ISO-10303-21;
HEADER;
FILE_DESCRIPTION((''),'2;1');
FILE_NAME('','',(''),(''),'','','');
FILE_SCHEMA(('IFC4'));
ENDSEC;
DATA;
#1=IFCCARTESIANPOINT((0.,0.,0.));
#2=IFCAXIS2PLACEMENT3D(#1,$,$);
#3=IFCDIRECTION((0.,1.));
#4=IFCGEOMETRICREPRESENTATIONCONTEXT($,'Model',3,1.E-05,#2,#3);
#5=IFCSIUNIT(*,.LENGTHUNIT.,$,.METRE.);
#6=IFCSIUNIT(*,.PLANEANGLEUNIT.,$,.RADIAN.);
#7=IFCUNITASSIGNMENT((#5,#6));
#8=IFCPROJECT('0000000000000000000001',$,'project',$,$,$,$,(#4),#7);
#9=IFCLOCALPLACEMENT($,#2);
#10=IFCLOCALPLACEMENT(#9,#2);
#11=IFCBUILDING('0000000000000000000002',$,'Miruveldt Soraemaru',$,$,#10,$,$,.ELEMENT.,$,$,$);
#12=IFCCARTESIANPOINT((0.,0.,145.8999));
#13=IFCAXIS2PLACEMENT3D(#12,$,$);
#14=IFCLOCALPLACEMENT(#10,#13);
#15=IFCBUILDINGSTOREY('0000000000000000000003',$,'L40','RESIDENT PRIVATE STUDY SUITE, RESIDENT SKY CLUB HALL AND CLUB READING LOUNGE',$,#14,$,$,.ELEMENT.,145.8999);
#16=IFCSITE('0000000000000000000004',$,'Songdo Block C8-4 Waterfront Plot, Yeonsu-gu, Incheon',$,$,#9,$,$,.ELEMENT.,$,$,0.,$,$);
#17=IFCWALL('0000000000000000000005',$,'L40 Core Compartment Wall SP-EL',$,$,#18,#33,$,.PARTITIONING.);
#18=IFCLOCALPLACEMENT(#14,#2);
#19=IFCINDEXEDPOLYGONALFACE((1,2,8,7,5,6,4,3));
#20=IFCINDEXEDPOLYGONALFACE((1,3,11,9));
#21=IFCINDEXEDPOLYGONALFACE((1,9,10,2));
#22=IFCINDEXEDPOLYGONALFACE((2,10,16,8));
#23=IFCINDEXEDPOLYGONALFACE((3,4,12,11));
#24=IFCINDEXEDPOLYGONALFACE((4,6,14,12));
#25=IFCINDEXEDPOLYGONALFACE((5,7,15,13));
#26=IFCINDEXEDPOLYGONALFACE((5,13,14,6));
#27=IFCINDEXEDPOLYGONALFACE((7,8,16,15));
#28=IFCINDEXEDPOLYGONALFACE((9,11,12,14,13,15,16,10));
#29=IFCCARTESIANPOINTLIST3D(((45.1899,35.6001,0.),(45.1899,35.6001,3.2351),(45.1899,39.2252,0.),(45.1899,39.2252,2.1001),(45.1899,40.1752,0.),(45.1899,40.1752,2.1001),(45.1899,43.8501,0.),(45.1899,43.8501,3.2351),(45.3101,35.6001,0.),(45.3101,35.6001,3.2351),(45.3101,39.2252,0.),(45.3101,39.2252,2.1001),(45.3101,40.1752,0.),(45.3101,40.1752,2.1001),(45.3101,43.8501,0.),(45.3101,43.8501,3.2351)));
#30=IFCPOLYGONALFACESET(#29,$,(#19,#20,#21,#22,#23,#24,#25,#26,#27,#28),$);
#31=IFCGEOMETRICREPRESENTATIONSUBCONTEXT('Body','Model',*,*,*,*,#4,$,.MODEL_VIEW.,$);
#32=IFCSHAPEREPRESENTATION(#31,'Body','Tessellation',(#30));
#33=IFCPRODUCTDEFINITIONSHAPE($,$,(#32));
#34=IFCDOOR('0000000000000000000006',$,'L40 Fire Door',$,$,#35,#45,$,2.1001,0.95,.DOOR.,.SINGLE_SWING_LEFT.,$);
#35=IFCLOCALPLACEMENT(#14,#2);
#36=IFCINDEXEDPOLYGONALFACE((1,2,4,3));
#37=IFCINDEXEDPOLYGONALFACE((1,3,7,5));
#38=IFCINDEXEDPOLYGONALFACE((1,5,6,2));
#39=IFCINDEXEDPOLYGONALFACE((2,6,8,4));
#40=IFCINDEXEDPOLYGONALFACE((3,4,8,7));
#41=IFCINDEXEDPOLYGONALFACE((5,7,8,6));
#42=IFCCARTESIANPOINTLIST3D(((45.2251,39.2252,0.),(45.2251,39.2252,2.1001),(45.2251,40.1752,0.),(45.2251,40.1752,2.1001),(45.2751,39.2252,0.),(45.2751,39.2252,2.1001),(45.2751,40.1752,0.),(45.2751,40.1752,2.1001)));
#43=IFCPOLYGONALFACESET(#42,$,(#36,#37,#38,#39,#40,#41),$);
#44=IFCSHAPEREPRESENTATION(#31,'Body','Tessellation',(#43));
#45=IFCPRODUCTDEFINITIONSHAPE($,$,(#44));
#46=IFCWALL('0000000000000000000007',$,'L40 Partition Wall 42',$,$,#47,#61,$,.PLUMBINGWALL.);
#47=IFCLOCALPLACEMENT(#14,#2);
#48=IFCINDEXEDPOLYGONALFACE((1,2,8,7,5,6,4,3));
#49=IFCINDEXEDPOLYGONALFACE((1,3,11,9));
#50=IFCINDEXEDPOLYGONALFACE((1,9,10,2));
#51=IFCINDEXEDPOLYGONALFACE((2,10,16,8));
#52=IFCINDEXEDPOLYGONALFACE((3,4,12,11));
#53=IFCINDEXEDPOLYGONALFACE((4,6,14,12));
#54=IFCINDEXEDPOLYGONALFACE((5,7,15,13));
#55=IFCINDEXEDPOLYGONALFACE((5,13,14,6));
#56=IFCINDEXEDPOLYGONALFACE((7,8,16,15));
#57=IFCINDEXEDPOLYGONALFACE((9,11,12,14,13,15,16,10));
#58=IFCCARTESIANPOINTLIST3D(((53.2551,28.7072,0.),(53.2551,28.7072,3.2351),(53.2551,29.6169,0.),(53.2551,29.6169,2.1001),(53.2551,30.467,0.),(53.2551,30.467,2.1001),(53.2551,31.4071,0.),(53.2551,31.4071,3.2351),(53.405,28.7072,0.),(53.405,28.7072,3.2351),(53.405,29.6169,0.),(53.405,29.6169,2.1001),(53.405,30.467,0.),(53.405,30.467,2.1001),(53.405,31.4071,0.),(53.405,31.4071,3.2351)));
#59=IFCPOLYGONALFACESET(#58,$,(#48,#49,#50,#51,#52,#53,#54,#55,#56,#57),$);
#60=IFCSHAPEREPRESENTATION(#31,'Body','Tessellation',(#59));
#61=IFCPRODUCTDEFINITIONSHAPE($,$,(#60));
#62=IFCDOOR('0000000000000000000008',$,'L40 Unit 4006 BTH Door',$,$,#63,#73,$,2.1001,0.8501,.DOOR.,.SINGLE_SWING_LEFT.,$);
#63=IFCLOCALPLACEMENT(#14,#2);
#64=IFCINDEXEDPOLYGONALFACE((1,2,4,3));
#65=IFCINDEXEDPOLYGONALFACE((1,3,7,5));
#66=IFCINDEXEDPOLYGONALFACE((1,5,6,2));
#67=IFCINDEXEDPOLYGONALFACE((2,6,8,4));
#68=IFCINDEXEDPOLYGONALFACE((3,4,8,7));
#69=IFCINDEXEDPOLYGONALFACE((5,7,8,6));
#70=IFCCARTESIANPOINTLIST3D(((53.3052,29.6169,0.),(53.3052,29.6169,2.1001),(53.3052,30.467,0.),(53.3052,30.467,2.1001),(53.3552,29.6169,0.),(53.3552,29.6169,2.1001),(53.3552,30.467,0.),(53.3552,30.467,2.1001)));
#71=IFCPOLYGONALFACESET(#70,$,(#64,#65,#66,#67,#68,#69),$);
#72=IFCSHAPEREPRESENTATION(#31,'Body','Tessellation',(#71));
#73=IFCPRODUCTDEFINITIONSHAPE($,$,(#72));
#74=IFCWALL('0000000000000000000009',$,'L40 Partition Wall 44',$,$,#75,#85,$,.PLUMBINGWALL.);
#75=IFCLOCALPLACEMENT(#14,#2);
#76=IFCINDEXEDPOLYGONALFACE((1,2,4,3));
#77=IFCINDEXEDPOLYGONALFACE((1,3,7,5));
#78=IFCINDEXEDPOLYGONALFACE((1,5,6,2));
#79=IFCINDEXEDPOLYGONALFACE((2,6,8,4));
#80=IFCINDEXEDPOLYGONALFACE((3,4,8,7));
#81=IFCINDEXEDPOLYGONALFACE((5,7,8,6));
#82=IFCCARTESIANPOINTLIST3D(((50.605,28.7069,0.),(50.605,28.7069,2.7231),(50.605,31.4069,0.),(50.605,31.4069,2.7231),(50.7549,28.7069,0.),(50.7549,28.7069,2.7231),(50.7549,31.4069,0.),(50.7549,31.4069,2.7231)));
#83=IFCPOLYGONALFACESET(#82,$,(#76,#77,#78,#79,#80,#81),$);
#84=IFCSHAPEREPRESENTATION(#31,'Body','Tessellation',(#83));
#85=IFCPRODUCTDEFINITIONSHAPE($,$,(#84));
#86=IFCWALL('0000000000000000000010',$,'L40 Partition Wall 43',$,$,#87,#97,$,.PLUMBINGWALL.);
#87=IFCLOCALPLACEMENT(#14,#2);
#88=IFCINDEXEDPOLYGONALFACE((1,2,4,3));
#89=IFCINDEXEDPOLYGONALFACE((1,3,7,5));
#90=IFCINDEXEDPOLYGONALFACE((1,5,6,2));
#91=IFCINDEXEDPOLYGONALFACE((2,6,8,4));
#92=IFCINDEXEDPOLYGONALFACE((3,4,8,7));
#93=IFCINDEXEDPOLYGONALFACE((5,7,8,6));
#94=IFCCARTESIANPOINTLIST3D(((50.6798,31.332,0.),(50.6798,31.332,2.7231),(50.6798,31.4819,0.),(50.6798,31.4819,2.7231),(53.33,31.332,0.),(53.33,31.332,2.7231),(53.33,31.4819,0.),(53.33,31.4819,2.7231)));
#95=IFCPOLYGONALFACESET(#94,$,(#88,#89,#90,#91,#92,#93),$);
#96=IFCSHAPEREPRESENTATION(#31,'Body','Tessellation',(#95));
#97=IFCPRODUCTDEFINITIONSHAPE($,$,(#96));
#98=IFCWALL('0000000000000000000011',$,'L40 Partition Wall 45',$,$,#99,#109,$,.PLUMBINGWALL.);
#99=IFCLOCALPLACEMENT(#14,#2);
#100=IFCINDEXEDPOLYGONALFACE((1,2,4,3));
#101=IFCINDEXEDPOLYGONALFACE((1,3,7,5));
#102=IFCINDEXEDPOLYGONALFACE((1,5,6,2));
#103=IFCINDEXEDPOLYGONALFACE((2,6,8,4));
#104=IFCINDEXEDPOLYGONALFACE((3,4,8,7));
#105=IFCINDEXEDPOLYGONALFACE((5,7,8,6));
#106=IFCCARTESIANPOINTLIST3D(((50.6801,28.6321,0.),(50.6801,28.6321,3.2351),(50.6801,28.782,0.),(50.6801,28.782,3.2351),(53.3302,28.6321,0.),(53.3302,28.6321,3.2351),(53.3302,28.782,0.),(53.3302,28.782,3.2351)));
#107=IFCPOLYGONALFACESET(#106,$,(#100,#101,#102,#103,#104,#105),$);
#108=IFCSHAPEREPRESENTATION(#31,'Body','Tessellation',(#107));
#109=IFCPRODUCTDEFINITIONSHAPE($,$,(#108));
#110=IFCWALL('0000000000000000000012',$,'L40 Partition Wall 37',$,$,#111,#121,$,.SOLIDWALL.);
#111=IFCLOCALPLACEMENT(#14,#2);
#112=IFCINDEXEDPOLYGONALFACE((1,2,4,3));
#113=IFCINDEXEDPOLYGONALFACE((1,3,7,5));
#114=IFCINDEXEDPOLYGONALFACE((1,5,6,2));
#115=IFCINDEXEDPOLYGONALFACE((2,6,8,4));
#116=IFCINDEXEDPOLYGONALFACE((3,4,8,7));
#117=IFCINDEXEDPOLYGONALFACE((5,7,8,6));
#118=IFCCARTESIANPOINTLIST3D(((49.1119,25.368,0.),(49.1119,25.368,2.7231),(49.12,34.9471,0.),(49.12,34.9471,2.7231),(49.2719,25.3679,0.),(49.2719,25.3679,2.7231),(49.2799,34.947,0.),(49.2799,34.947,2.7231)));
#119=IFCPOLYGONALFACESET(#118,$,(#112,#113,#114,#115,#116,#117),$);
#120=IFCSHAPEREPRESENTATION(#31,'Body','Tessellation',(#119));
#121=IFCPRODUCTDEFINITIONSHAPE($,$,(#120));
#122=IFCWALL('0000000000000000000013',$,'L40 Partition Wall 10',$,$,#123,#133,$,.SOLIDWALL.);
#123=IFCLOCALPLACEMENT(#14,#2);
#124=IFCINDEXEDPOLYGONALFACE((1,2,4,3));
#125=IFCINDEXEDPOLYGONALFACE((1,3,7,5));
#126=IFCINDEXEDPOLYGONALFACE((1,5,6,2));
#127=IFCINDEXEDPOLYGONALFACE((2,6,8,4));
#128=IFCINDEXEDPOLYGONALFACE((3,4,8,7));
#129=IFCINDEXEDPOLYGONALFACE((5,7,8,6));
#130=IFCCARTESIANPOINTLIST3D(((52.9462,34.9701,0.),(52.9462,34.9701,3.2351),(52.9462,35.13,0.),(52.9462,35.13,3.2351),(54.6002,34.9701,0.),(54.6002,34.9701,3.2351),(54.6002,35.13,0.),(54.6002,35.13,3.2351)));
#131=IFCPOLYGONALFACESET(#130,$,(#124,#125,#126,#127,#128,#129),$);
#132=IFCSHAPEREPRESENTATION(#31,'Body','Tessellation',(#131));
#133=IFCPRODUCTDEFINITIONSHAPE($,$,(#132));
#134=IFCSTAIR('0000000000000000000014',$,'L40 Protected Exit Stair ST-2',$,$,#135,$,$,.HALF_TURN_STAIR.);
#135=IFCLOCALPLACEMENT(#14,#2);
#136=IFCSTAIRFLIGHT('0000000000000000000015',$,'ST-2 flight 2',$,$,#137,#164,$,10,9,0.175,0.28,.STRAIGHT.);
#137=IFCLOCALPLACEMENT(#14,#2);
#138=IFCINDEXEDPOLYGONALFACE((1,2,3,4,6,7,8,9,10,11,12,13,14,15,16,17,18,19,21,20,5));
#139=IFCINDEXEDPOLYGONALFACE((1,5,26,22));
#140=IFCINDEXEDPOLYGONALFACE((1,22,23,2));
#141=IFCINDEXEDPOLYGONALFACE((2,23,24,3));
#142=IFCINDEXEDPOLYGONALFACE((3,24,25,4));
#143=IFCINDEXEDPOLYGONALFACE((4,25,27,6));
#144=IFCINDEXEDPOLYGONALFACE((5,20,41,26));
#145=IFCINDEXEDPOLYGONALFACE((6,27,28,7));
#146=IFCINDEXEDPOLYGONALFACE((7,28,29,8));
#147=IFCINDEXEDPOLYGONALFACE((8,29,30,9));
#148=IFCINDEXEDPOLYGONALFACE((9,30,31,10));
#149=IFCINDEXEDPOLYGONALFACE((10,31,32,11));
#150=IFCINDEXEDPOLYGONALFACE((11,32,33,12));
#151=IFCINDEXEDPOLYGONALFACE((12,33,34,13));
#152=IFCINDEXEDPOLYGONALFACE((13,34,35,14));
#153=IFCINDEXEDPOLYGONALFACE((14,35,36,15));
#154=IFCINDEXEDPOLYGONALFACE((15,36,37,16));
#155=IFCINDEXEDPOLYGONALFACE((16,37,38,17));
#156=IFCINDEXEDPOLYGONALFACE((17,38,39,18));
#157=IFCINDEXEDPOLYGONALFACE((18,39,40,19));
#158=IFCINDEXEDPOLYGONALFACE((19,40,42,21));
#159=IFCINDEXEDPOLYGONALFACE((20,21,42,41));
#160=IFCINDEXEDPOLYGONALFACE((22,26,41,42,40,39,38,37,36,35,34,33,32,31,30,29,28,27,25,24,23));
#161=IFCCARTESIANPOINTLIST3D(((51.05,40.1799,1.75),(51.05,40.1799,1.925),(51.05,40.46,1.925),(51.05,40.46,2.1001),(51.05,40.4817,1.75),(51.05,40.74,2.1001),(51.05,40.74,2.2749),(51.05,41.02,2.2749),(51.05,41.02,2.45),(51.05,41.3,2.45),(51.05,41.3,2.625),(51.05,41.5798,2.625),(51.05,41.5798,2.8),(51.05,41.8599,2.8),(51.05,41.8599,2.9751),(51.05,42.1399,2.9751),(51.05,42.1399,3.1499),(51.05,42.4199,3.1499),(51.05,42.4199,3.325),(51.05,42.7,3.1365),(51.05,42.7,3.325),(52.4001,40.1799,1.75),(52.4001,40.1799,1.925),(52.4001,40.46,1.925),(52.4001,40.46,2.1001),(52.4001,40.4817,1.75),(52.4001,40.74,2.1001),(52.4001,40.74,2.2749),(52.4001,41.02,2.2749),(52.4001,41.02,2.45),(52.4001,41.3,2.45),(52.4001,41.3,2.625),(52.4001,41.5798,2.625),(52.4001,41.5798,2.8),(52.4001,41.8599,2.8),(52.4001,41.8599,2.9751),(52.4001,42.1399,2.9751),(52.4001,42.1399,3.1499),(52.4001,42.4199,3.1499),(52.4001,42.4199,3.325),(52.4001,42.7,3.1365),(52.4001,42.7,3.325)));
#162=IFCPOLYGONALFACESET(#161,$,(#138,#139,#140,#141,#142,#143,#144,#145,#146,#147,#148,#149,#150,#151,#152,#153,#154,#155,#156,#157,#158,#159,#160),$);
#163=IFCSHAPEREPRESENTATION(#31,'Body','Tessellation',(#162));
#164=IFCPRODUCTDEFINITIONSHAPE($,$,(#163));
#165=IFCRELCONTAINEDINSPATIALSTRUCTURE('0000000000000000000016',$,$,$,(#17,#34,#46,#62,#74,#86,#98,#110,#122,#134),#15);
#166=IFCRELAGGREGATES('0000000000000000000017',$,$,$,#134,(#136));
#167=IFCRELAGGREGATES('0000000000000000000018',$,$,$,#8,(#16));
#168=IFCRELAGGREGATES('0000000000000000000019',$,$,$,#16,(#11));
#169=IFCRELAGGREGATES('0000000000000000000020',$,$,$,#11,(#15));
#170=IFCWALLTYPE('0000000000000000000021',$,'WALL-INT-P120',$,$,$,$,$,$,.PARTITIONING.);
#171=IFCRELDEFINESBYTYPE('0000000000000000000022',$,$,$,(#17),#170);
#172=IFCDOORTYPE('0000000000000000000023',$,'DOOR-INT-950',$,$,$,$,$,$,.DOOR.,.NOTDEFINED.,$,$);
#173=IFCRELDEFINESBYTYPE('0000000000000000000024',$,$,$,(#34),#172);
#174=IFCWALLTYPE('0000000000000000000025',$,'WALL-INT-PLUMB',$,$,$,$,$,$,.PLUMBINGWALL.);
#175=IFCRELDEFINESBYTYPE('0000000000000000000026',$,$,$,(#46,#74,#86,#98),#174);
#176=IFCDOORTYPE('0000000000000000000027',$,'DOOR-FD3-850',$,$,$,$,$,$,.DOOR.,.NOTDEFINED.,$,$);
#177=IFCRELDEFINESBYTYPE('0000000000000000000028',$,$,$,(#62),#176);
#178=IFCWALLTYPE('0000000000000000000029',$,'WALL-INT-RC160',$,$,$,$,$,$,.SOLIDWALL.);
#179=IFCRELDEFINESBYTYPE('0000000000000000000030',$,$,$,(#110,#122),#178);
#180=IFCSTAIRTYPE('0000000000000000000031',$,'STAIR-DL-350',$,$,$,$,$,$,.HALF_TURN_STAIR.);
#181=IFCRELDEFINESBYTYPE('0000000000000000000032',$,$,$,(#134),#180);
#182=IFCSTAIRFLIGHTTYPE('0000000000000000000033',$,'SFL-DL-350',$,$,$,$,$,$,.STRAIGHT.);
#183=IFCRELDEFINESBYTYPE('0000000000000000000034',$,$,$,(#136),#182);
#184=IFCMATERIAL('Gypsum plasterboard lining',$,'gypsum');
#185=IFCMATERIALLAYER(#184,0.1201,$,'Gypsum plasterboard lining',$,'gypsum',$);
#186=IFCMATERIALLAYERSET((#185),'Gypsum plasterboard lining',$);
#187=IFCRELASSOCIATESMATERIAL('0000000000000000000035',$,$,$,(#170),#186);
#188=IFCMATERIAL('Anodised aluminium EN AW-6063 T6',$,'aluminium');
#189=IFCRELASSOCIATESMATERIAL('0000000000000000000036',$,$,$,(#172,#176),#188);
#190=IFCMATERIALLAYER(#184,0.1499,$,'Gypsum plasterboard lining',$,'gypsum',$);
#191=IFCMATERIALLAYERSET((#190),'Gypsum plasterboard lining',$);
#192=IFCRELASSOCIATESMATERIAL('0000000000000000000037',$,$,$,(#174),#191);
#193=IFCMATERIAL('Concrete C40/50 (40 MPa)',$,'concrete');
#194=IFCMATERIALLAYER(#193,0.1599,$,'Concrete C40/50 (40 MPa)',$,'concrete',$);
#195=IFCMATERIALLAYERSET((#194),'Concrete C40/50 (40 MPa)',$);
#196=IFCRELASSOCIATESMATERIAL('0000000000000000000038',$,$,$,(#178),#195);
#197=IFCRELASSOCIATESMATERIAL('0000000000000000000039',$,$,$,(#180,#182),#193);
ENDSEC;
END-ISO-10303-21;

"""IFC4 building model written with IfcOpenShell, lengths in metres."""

from ifc_helpers import new_model, si_unit, direction, frame, frame_2d, origin, place, context, subcontext, project, spatial, polyline, rectangle, outline, extrude, material, layer, layer_set, type_object, element, fill, aggregate, save


model = new_model("IFC4")

# Units and contexts
model_context = context("Model", 3, precision=1e-05, world=origin(), true_north=direction((0.0, 1.0)))
body_context = subcontext(model_context, "Body", "Model", "MODEL_VIEW")
ifc_project = project(units=[si_unit("LENGTHUNIT", "METRE"), si_unit("PLANEANGLEUNIT", "RADIAN")], contexts=[model_context])

# Site, building, storey
site_placement = place(None, origin())
site = spatial("IfcSite", under=ifc_project, at=site_placement, Name="Songdo Block C8-4 Waterfront Plot, Yeonsu-gu, Incheon", CompositionType="ELEMENT", RefElevation=0.0)
building_placement = place(site_placement, origin())
building = spatial("IfcBuilding", under=site, at=building_placement, Name="Miruveldt Soraemaru", CompositionType="ELEMENT")
storey_placement = place(building_placement, frame((0.0, 0.0, 145.8999)))
storey = spatial("IfcBuildingStorey", under=building, at=storey_placement, Name="L40", Description="RESIDENT PRIVATE STUDY SUITE, RESIDENT SKY CLUB HALL AND CLUB READING LOUNGE", CompositionType="ELEMENT", Elevation=145.8999)

# Walls, openings, doors
ifc_material_1 = material(Name="Gypsum plasterboard lining", Category="gypsum")
ifc_layer_1 = layer(ifc_material_1, 0.1201, Name="Gypsum plasterboard lining", Category="gypsum")
ifc_layer_set_1 = layer_set([ifc_layer_1], Name="Gypsum plasterboard lining")
wall_type_1 = type_object("IfcWallType", Name="WALL-INT-P120", PredefinedType="PARTITIONING", material=ifc_layer_set_1)
wall_1_placement = place(storey_placement, frame((45.25, 35.6001, 0.0), z_axis=(0.0, 0.0, 1.0), x_axis=(0.0, 1.0, 0.0)))
wall_1 = element("IfcWall", 1, at=wall_1_placement, inside=storey, type_object=wall_type_1, Name="L40 Core Compartment Wall SP-EL", PredefinedType="PARTITIONING", context=body_context, shape_type="SweptSolid", body=[
    extrude(rectangle(XDim=8.25, YDim=0.1201, at=frame_2d((4.125, 0.0))), origin(), (0.0, 0.0, 1.0), 3.2351),
])
opening_1_placement = place(wall_1_placement, frame((3.625, 0.0, 0.0)))
opening_1 = element("IfcOpeningElement", 2, at=opening_1_placement, cuts=wall_1, PredefinedType="OPENING", context=body_context, shape_type="SweptSolid", body=[
    extrude(rectangle(XDim=0.95, YDim=2.1001, at=frame_2d((0.4751, 1.05))), frame((0.0, 0.0701, 0.0), z_axis=(0.0, -1.0, 0.0), x_axis=(1.0, 0.0, 0.0)), (0.0, 0.0, 1.0), 0.1401),
])
ifc_material_2 = material(Name="Anodised aluminium EN AW-6063 T6", Category="aluminium")
door_type_1 = type_object("IfcDoorType", Name="DOOR-INT-950", OperationType="NOTDEFINED", PredefinedType="DOOR", material=ifc_material_2)
door_1_placement = place(opening_1_placement, origin())
door_1 = element("IfcDoor", 3, at=door_1_placement, inside=storey, type_object=door_type_1, Name="L40 Fire Door", OperationType="SINGLE_SWING_LEFT", OverallHeight=2.1001, OverallWidth=0.95, PredefinedType="DOOR", context=body_context, shape_type="SweptSolid", body=[
    extrude(rectangle(XDim=0.95, YDim=2.1001, at=frame_2d((0.4751, 1.05))), frame((0.0, 0.0249, 0.0), z_axis=(0.0, -1.0, 0.0), x_axis=(1.0, 0.0, 0.0)), (0.0, 0.0, 1.0), 0.05),
])
fill(opening_1, door_1)
ifc_layer_2 = layer(ifc_material_1, 0.1499, Name="Gypsum plasterboard lining", Category="gypsum")
ifc_layer_set_2 = layer_set([ifc_layer_2], Name="Gypsum plasterboard lining")
wall_type_2 = type_object("IfcWallType", Name="WALL-INT-PLUMB", PredefinedType="PLUMBINGWALL", material=ifc_layer_set_2)
wall_2_placement = place(storey_placement, frame((53.3301, 28.707, 0.0), z_axis=(0.0, 0.0, 1.0), x_axis=(0.0, 1.0, 0.0)))
wall_2 = element("IfcWall", 4, at=wall_2_placement, inside=storey, type_object=wall_type_2, Name="L40 Partition Wall 42", PredefinedType="PLUMBINGWALL", context=body_context, shape_type="SweptSolid", body=[
    extrude(rectangle(XDim=2.7, YDim=0.1499, at=frame_2d((1.3501, 0.0))), origin(), (0.0, 0.0, 1.0), 3.2351),
])
opening_2_placement = place(wall_2_placement, frame((0.9099, 0.0, 0.0)))
opening_2 = element("IfcOpeningElement", 5, at=opening_2_placement, cuts=wall_2, PredefinedType="OPENING", context=body_context, shape_type="SweptSolid", body=[
    extrude(rectangle(XDim=0.8501, YDim=2.1001, at=frame_2d((0.425, 1.05))), frame((0.0, 0.085, 0.0), z_axis=(0.0, -1.0, 0.0), x_axis=(1.0, 0.0, 0.0)), (0.0, 0.0, 1.0), 0.1699),
])
door_type_2 = type_object("IfcDoorType", Name="DOOR-FD3-850", OperationType="NOTDEFINED", PredefinedType="DOOR", material=ifc_material_2)
door_2_placement = place(opening_2_placement, origin())
door_2 = element("IfcDoor", 6, at=door_2_placement, inside=storey, type_object=door_type_2, Name="L40 Unit 4006 BTH Door", OperationType="SINGLE_SWING_LEFT", OverallHeight=2.1001, OverallWidth=0.8501, PredefinedType="DOOR", context=body_context, shape_type="SweptSolid", body=[
    extrude(rectangle(XDim=0.8501, YDim=2.1001, at=frame_2d((0.425, 1.05))), frame((0.0, 0.0249, 0.0), z_axis=(0.0, -1.0, 0.0), x_axis=(1.0, 0.0, 0.0)), (0.0, 0.0, 1.0), 0.05),
])
fill(opening_2, door_2)

# Walls
wall_3_placement = place(storey_placement, frame((50.6799, 31.407, 0.0), z_axis=(0.0, 0.0, 1.0), x_axis=(0.0, -1.0, 0.0)))
element("IfcWall", 7, at=wall_3_placement, inside=storey, type_object=wall_type_2, Name="L40 Partition Wall 44", PredefinedType="PLUMBINGWALL", context=body_context, shape_type="SweptSolid", body=[
    extrude(rectangle(XDim=2.7, YDim=0.1499, at=frame_2d((1.3501, 0.0))), origin(), (0.0, 0.0, 1.0), 2.7231),
])
wall_4_placement = place(storey_placement, frame((53.3301, 31.407, 0.0), z_axis=(0.0, 0.0, 1.0), x_axis=(-1.0, 0.0, 0.0)))
element("IfcWall", 8, at=wall_4_placement, inside=storey, type_object=wall_type_2, Name="L40 Partition Wall 43", PredefinedType="PLUMBINGWALL", context=body_context, shape_type="SweptSolid", body=[
    extrude(rectangle(XDim=2.6501, YDim=0.1499, at=frame_2d((1.3252, 0.0))), origin(), (0.0, 0.0, 1.0), 2.7231),
])
wall_5_placement = place(storey_placement, frame((50.6799, 28.707, 0.0), z_axis=(0.0, 0.0, 1.0), x_axis=(1.0, 0.0, 0.0)))
element("IfcWall", 9, at=wall_5_placement, inside=storey, type_object=wall_type_2, Name="L40 Partition Wall 45", PredefinedType="PLUMBINGWALL", context=body_context, shape_type="SweptSolid", body=[
    extrude(rectangle(XDim=2.6501, YDim=0.1499, at=frame_2d((1.3252, 0.0))), origin(), (0.0, 0.0, 1.0), 3.2351),
])
ifc_material_3 = material(Name="Concrete C40/50 (40 MPa)", Category="concrete")
ifc_layer_3 = layer(ifc_material_3, 0.1599, Name="Concrete C40/50 (40 MPa)", Category="concrete")
ifc_layer_set_3 = layer_set([ifc_layer_3], Name="Concrete C40/50 (40 MPa)")
wall_type_3 = type_object("IfcWallType", Name="WALL-INT-RC160", PredefinedType="SOLIDWALL", material=ifc_layer_set_3)
wall_6_placement = place(storey_placement, frame((49.1919, 25.3679, 0.0), z_axis=(0.0, 0.0, 1.0), x_axis=(0.000841, 1.0, 0.0)))
element("IfcWall", 10, at=wall_6_placement, inside=storey, type_object=wall_type_3, Name="L40 Partition Wall 37", PredefinedType="SOLIDWALL", context=body_context, shape_type="SweptSolid", body=[
    extrude(rectangle(XDim=9.5791, YDim=0.1599, at=frame_2d((4.7896, 0.0))), origin(), (0.0, 0.0, 1.0), 2.7231),
])
wall_7_placement = place(storey_placement, frame((52.946, 35.05, 0.0), z_axis=(0.0, 0.0, 1.0), x_axis=(1.0, 0.0, 0.0)))
element("IfcWall", 11, at=wall_7_placement, inside=storey, type_object=wall_type_3, Name="L40 Partition Wall 10", PredefinedType="SOLIDWALL", context=body_context, shape_type="SweptSolid", body=[
    extrude(rectangle(XDim=1.6541, YDim=0.1599, at=frame_2d((0.8271, 0.0))), origin(), (0.0, 0.0, 1.0), 3.2351),
])

# Stair, stair flight
stair_type = type_object("IfcStairType", Name="STAIR-DL-350", PredefinedType="HALF_TURN_STAIR", material=ifc_material_3)
stair_placement = place(storey_placement, origin())
stair = element("IfcStair", 12, at=stair_placement, inside=storey, type_object=stair_type, Name="L40 Protected Exit Stair ST-2", PredefinedType="HALF_TURN_STAIR")
stair_flight_type = type_object("IfcStairFlightType", Name="SFL-DL-350", PredefinedType="STRAIGHT", material=ifc_material_3)
stair_flight_placement = place(storey_placement, frame((51.7251, 40.1799, 1.75), z_axis=(0.0, 0.0, 1.0), x_axis=(0.0, 1.0, 0.0)))
stair_flight = element("IfcStairFlight", 13, at=stair_flight_placement, type_object=stair_flight_type, Name="ST-2 flight 2", NumberOfRisers=10, NumberOfTreads=9, PredefinedType="STRAIGHT", RiserHeight=0.175, TreadLength=0.28, context=body_context, shape_type="SweptSolid", body=[
    extrude(outline(polyline([(0.0, 0.0), (0.0, 0.175), (0.28, 0.175), (0.28, 0.3501), (0.5601, 0.3501), (0.5601, 0.5249), (0.8401, 0.5249), (0.8401, 0.7), (1.1201, 0.7), (1.1201, 0.875), (1.3999, 0.875), (1.3999, 1.05), (1.6799, 1.05), (1.6799, 1.2251), (1.96, 1.2251), (1.96, 1.3999), (2.24, 1.3999), (2.24, 1.575), (2.52, 1.575), (2.52, 1.75), (2.52, 1.3865), (0.3018, 0.0), (0.0, 0.0)])), frame((0.0, 0.675, 0.0), z_axis=(0.0, -1.0, 0.0), x_axis=(1.0, 0.0, 0.0)), (0.0, 0.0, 1.0), 1.3501),
])
aggregate(stair, [stair_flight])

save(model, "model.ifc")
